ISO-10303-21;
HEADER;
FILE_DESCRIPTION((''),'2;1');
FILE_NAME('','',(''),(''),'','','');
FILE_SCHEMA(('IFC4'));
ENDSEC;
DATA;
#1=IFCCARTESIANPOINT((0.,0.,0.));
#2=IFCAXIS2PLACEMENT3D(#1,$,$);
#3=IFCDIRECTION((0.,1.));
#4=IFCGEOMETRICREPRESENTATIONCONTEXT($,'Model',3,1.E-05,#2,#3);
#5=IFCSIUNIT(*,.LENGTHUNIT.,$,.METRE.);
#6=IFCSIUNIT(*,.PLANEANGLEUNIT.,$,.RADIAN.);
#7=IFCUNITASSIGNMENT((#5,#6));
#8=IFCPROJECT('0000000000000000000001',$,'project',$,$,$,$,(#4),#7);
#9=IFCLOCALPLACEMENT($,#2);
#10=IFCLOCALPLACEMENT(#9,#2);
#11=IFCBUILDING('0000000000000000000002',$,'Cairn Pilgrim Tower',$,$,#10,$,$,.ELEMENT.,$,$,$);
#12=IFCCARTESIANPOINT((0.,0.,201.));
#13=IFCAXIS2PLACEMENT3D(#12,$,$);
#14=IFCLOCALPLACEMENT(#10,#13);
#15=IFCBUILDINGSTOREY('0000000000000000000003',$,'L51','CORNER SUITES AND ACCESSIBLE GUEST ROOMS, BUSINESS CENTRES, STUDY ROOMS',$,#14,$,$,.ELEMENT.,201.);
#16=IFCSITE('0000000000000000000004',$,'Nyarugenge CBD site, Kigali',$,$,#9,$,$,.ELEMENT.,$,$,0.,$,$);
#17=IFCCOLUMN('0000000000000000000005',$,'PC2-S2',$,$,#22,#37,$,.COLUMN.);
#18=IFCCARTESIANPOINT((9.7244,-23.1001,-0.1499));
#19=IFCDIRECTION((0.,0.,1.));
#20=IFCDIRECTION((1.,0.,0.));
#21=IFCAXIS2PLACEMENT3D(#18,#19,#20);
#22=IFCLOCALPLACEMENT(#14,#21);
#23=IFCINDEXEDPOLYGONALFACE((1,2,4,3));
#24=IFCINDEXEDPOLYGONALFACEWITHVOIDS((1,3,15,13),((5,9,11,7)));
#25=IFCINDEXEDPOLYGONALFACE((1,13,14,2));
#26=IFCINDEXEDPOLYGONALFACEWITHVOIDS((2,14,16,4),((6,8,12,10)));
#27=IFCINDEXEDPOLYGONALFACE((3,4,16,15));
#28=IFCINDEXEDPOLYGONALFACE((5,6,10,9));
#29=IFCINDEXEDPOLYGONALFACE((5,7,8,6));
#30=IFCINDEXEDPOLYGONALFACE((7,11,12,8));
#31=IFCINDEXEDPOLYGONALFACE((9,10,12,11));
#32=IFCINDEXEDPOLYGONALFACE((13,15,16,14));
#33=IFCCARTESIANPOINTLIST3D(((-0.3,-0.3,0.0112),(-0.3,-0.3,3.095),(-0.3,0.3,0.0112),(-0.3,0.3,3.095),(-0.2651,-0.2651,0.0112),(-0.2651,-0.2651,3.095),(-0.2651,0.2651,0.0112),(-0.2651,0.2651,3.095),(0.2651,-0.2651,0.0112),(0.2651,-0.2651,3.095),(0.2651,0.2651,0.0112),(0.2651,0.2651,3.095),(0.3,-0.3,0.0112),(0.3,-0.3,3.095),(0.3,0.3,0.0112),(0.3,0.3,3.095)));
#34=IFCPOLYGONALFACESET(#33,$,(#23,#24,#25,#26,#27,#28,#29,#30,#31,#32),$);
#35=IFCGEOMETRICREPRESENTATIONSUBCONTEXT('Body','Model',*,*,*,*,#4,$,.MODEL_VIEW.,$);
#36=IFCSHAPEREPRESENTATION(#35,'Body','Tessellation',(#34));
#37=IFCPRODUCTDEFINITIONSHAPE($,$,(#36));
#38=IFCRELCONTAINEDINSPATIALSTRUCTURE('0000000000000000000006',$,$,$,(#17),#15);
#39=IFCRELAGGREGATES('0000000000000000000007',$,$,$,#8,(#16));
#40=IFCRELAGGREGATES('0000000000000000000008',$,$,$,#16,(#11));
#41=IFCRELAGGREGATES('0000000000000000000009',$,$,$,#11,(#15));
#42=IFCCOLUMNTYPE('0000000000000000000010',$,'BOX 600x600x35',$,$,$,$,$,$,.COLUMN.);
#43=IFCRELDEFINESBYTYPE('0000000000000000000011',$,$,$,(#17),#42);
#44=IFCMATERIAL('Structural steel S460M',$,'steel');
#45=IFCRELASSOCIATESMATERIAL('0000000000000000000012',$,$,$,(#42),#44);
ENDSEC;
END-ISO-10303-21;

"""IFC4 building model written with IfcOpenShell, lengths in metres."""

from ifc_helpers import new_model, si_unit, direction, frame, origin, origin_2d, place, context, subcontext, project, spatial, hollow_rectangle, extrude, clip, halfspace, material, material_profile, profile_set, type_object, element, save


model = new_model("IFC4")

# Units and contexts
model_context = context("Model", 3, precision=1e-05, world=origin(), true_north=direction((0.0, 1.0)))
body_context = subcontext(model_context, "Body", "Model", "MODEL_VIEW")
ifc_project = project(units=[si_unit("LENGTHUNIT", "METRE"), si_unit("PLANEANGLEUNIT", "RADIAN")], contexts=[model_context])

# Site, building, storey
site_placement = place(None, origin())
site = spatial("IfcSite", under=ifc_project, at=site_placement, Name="Nyarugenge CBD site, Kigali", CompositionType="ELEMENT", RefElevation=0.0)
building_placement = place(site_placement, origin())
building = spatial("IfcBuilding", under=site, at=building_placement, Name="Cairn Pilgrim Tower", CompositionType="ELEMENT")
storey_placement = place(building_placement, frame((0.0, 0.0, 201.0)))
storey = spatial("IfcBuildingStorey", under=building, at=storey_placement, Name="L51", Description="CORNER SUITES AND ACCESSIBLE GUEST ROOMS, BUSINESS CENTRES, STUDY ROOMS", CompositionType="ELEMENT", Elevation=201.0)

# Column
ifc_material_1 = material(Name="Structural steel S460M", Category="steel")
ifc_material_profile_1 = material_profile(ifc_material_1, hollow_rectangle(XDim=0.6001, YDim=0.6001, WallThickness=0.0349, at=origin_2d()), Name="BOX 600x600x35")
ifc_profile_set_1 = profile_set([ifc_material_profile_1], Name="Structural steel S460M")
column_type = type_object("IfcColumnType", Name="BOX 600x600x35", PredefinedType="COLUMN", material=ifc_profile_set_1)
column_placement = place(storey_placement, frame((9.7244, -23.1001, -0.1499), z_axis=(0.0, 0.0, 1.0), x_axis=(1.0, 0.0, 0.0)))
element("IfcColumn", 1, at=column_placement, inside=storey, type_object=column_type, Name="PC2-S2", PredefinedType="COLUMN", context=body_context, shape_type="Clipping", body=[
    clip(clip(extrude(hollow_rectangle(XDim=0.6001, YDim=0.6001, WallThickness=0.0349, at=origin_2d()), origin(), (0.0, 0.0, 1.0), 3.5), halfspace(frame((0.0, 0.0, 0.0112), z_axis=(0.0, 0.0, 1.0), x_axis=(1.0, 0.0, 0.0)), True)), halfspace(frame((0.0, 0.0, 3.095), z_axis=(0.0, 0.0, 1.0), x_axis=(1.0, 0.0, 0.0)), False)),
])

save(model, "model.ifc")
